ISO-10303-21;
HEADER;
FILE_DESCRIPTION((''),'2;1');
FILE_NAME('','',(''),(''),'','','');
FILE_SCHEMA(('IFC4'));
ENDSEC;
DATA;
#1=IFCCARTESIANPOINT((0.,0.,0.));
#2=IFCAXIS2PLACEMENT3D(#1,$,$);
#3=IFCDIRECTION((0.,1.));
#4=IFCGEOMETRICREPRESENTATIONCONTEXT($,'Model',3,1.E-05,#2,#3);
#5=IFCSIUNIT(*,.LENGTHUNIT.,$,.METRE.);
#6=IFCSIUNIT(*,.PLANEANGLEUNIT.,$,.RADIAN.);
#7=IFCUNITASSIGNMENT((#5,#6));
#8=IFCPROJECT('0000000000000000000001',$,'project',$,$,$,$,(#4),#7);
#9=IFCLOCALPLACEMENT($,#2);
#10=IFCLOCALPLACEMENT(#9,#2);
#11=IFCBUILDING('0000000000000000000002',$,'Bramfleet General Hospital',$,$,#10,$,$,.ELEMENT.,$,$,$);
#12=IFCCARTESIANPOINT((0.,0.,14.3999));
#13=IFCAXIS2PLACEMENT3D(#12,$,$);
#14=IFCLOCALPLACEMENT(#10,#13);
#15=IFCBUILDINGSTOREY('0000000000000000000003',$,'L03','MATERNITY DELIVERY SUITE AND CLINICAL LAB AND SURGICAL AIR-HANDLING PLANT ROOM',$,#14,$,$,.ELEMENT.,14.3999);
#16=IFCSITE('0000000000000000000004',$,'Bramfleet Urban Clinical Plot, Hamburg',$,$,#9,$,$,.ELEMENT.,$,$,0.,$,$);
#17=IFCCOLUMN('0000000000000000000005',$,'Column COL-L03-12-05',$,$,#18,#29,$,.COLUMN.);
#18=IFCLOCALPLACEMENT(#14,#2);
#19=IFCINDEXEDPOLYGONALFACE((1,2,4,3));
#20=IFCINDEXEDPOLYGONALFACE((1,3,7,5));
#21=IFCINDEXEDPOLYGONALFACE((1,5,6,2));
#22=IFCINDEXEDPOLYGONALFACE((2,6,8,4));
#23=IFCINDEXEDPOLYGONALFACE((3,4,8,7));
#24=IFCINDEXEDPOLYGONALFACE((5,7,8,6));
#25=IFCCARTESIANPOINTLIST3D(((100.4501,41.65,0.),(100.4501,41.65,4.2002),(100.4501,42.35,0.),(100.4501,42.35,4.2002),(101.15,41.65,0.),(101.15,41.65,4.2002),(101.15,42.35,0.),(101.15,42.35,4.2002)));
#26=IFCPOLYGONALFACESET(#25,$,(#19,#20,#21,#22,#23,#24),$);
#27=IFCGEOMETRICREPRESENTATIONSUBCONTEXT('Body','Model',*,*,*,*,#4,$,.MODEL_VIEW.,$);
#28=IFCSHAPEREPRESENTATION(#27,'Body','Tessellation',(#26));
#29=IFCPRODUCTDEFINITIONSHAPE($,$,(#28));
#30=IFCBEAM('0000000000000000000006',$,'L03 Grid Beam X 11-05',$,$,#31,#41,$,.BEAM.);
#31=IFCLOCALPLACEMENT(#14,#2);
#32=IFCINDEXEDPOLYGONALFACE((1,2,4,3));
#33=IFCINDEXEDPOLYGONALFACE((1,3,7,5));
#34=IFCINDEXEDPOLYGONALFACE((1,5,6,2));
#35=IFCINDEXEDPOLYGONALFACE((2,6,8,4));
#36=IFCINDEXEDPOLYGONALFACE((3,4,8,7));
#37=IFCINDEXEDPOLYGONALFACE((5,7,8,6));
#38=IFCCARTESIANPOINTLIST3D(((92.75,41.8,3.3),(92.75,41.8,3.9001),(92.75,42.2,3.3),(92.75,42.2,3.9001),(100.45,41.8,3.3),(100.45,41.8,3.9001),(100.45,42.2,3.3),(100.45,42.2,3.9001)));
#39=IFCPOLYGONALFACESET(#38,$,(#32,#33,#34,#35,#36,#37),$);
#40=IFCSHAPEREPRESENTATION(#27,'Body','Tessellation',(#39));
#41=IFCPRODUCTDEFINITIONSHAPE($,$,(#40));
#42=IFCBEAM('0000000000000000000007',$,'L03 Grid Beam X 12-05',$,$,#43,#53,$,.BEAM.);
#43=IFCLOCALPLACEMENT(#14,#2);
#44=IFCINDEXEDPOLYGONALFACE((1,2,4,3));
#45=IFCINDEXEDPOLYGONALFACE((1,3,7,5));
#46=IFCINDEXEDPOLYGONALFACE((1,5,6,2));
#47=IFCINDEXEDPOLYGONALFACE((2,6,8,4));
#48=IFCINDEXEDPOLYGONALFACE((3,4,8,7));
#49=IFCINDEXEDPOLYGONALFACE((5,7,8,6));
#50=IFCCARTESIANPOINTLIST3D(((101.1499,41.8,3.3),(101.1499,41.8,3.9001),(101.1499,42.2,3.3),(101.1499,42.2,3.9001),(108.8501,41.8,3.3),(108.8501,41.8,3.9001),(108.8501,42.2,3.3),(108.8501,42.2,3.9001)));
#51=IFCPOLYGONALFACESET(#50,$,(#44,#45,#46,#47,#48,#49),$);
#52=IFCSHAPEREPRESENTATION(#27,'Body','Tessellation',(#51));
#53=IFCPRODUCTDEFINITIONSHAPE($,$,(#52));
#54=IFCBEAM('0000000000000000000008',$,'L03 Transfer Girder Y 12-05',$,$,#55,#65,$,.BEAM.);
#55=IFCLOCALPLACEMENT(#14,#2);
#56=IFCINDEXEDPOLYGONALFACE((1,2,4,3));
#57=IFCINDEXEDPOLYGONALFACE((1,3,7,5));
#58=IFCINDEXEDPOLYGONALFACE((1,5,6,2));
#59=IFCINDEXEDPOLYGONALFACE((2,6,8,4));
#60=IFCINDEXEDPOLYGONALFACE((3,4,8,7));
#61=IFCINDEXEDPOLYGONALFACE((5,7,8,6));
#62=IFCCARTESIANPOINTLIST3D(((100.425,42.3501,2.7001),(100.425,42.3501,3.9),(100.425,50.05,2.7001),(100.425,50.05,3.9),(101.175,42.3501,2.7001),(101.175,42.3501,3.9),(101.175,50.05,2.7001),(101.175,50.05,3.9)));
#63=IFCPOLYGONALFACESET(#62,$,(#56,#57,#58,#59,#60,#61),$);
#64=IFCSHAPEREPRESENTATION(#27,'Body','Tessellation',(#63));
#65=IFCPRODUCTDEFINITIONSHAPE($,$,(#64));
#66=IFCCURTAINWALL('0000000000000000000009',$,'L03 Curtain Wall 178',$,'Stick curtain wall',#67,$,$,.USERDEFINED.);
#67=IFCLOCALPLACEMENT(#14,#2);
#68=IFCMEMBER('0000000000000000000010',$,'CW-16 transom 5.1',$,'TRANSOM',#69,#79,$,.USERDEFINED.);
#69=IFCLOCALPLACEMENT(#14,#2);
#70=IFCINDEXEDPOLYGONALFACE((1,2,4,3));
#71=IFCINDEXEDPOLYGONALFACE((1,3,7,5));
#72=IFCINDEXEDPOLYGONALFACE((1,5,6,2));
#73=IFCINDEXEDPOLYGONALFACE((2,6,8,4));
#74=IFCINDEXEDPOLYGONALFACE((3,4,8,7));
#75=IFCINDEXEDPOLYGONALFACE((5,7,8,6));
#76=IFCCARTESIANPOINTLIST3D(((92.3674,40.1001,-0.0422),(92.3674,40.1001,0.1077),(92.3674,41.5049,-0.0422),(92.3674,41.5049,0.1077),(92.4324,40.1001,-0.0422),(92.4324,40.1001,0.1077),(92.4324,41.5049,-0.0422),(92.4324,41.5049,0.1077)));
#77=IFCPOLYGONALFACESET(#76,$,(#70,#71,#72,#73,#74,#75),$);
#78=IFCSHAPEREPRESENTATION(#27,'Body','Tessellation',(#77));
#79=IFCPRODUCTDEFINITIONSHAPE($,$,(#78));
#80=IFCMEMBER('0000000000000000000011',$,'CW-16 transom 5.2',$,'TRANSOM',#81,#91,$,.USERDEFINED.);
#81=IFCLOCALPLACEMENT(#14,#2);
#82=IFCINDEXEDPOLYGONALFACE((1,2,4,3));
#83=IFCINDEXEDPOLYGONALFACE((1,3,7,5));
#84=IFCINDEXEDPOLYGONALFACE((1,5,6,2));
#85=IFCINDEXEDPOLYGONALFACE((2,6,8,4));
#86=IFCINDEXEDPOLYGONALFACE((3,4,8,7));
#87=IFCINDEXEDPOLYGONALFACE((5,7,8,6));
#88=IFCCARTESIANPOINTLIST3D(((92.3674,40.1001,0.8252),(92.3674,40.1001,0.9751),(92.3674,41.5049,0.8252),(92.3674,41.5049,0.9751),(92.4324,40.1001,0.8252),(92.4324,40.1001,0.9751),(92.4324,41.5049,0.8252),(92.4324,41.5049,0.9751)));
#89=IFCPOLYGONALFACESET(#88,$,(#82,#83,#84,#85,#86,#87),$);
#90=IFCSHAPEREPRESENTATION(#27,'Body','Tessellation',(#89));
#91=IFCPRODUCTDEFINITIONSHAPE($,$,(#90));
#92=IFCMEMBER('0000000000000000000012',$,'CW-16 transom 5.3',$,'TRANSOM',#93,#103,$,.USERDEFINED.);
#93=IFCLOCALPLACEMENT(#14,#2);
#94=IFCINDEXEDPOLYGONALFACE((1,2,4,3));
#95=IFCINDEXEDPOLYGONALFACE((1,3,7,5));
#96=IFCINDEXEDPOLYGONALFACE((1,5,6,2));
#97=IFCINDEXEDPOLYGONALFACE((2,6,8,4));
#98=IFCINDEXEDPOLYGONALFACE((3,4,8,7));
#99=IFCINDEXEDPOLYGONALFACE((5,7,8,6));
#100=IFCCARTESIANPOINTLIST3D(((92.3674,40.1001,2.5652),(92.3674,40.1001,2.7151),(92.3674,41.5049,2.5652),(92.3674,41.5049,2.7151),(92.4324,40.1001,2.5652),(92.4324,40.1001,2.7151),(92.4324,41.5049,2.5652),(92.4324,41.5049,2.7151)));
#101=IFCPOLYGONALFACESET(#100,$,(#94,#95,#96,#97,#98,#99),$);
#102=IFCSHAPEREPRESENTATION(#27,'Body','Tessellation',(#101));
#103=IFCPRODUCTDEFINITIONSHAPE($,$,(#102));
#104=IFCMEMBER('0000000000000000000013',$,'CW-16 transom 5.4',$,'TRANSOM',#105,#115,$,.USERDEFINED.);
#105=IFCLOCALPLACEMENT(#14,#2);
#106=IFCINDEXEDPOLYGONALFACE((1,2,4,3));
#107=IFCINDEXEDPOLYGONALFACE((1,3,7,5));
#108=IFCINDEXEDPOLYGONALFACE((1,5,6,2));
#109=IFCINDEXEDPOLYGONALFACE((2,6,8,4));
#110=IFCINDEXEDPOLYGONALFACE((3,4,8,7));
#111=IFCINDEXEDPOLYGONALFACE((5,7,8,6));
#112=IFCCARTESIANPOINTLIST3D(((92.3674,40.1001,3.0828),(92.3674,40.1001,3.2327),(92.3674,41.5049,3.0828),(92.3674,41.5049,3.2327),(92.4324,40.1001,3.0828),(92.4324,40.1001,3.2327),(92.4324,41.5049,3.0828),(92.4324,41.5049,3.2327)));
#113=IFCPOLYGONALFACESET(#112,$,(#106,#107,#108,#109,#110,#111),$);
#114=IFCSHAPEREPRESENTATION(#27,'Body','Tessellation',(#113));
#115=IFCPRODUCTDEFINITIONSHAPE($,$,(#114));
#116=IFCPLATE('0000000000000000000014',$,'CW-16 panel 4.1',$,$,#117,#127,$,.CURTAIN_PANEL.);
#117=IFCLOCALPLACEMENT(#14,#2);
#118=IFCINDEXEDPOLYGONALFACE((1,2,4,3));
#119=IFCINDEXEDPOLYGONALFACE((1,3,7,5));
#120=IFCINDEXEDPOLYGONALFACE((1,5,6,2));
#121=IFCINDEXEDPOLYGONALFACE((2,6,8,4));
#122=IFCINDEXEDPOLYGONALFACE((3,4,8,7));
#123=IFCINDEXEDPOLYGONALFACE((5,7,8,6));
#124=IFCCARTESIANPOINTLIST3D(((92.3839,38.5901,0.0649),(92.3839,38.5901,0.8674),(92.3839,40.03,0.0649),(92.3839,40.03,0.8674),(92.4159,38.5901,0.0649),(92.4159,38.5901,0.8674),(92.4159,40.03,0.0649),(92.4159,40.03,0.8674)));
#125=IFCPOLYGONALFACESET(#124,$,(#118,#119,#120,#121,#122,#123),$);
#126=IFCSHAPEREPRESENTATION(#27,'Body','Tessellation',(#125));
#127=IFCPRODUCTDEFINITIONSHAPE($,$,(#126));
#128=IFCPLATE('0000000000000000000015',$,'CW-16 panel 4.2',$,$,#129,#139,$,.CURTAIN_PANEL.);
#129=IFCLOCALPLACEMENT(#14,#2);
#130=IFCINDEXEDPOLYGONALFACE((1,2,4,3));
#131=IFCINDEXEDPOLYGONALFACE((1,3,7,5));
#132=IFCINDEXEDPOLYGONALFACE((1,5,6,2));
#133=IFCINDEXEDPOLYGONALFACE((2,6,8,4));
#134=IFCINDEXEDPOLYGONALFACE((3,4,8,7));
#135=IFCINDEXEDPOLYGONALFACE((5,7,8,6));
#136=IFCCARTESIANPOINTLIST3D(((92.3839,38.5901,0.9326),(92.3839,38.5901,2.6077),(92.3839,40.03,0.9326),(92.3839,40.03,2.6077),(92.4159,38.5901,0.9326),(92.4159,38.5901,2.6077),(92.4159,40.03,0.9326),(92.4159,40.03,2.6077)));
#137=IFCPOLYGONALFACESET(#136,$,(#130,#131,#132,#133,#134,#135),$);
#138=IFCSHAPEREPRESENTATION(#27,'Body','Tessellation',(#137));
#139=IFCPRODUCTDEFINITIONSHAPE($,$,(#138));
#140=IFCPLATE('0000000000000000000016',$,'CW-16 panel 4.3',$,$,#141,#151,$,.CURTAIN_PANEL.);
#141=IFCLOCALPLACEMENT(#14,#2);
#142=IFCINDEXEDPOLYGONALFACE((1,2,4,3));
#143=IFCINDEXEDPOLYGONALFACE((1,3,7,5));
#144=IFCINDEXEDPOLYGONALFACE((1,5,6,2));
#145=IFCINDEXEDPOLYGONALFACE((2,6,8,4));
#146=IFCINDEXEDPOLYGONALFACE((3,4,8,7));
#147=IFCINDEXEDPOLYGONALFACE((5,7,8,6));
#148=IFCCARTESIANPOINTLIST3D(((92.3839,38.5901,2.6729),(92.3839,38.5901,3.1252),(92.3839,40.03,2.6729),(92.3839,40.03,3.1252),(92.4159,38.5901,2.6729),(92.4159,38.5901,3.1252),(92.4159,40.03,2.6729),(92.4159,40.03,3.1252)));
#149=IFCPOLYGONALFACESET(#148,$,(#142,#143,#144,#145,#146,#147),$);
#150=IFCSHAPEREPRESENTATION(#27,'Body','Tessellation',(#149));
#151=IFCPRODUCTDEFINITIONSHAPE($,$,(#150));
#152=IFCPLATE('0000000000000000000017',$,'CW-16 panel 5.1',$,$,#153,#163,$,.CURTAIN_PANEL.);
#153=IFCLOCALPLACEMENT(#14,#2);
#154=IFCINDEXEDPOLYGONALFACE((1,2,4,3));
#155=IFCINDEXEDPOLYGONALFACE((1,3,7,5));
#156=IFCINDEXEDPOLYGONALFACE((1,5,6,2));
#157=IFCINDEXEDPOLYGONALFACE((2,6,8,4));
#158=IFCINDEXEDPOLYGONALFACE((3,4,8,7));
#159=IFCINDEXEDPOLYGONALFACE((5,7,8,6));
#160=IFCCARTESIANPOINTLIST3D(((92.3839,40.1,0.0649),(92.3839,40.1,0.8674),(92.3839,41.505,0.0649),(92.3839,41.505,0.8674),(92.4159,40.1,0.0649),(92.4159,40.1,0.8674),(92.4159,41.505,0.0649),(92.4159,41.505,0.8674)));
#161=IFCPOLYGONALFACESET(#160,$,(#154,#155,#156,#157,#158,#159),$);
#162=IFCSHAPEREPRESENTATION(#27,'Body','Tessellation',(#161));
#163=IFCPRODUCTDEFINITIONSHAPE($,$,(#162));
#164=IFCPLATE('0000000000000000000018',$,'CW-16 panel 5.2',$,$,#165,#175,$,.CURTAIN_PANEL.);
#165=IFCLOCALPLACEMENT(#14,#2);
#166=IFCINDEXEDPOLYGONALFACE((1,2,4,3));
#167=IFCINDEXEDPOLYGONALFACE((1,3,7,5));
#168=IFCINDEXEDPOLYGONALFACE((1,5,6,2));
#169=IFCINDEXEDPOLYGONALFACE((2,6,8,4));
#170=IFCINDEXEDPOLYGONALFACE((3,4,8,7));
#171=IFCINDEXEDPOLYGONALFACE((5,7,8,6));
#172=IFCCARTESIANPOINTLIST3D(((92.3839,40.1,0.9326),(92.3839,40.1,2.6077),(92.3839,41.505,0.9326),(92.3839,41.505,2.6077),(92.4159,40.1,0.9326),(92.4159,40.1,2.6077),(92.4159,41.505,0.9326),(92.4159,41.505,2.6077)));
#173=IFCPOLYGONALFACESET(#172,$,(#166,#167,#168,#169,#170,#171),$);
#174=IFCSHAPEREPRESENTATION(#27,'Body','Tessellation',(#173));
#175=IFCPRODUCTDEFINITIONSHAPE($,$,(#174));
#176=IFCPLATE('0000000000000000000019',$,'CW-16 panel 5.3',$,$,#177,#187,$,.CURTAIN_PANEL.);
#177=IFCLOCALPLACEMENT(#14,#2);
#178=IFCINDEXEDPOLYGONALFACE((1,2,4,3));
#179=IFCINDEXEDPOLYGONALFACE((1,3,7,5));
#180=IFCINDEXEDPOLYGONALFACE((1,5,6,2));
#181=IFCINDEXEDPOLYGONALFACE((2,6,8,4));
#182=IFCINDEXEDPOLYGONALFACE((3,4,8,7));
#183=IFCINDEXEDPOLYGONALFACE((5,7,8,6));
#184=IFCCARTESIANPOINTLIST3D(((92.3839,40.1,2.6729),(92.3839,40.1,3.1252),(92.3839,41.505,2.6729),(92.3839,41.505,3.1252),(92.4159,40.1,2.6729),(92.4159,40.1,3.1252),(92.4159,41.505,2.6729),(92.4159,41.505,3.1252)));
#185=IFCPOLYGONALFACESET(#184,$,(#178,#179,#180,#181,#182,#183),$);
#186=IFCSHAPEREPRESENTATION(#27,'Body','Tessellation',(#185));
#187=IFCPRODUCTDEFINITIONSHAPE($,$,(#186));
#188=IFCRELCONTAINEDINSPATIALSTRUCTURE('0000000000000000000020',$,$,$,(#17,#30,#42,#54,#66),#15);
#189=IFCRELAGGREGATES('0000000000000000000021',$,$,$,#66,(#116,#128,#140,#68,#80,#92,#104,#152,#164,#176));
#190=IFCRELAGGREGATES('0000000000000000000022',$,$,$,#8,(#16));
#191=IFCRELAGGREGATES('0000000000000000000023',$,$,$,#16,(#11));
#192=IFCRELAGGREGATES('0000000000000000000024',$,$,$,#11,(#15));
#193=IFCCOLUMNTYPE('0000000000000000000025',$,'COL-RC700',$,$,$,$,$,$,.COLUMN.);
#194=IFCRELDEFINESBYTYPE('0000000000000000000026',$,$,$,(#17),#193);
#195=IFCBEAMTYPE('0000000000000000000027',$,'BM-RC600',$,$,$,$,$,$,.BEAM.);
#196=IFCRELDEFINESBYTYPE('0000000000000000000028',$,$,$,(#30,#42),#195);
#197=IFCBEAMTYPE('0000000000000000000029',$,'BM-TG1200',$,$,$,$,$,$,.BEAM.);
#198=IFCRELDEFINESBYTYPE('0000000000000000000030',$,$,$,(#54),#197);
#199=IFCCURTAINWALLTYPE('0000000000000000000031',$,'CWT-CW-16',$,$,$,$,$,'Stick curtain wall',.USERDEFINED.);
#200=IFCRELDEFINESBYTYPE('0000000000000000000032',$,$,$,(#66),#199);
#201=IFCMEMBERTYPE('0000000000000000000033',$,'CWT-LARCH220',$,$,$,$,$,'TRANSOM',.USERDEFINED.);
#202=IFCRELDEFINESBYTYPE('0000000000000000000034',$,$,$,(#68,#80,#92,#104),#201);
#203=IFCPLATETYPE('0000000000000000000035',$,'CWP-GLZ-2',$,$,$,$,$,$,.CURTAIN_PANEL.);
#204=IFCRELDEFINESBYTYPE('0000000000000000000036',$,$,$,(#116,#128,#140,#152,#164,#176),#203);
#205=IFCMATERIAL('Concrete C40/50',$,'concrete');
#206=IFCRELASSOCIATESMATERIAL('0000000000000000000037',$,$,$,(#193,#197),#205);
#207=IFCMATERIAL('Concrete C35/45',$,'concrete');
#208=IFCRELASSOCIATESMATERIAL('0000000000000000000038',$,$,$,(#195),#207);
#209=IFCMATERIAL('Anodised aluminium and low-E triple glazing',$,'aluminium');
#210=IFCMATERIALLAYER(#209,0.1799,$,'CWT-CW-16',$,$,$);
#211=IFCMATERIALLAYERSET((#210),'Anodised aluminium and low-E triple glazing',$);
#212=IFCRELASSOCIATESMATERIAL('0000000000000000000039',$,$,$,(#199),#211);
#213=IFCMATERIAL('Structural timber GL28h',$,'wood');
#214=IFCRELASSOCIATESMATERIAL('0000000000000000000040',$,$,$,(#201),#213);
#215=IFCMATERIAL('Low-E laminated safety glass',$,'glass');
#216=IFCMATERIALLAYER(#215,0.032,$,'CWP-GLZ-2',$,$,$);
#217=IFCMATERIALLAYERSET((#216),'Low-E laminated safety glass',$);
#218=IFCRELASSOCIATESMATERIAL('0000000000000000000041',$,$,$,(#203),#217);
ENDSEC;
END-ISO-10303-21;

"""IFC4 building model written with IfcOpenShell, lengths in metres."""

from ifc_helpers import new_model, si_unit, direction, frame, origin, origin_2d, place, context, subcontext, project, spatial, rectangle, extrude, material, layer, layer_set, material_profile, profile_set, type_object, element, aggregate, save


model = new_model("IFC4")

# Units and contexts
model_context = context("Model", 3, precision=1e-05, world=origin(), true_north=direction((0.0, 1.0)))
body_context = subcontext(model_context, "Body", "Model", "MODEL_VIEW")
ifc_project = project(units=[si_unit("LENGTHUNIT", "METRE"), si_unit("PLANEANGLEUNIT", "RADIAN")], contexts=[model_context])

# Site, building, storey
site_placement = place(None, origin())
site = spatial("IfcSite", under=ifc_project, at=site_placement, Name="Bramfleet Urban Clinical Plot, Hamburg", CompositionType="ELEMENT", RefElevation=0.0)
building_placement = place(site_placement, origin())
building = spatial("IfcBuilding", under=site, at=building_placement, Name="Bramfleet General Hospital", CompositionType="ELEMENT")
storey_placement = place(building_placement, frame((0.0, 0.0, 14.3999)))
storey = spatial("IfcBuildingStorey", under=building, at=storey_placement, Name="L03", Description="MATERNITY DELIVERY SUITE AND CLINICAL LAB AND SURGICAL AIR-HANDLING PLANT ROOM", CompositionType="ELEMENT", Elevation=14.3999)

# Column
ifc_material_1 = material(Name="Concrete C40/50", Category="concrete")
ifc_material_profile_1 = material_profile(ifc_material_1, rectangle(XDim=0.7, YDim=0.7, at=origin_2d()), Name="RC COL 700x700")
ifc_profile_set_1 = profile_set([ifc_material_profile_1], Name="Concrete C40/50")
column_type = type_object("IfcColumnType", Name="COL-RC700", PredefinedType="COLUMN", material=ifc_profile_set_1)
column_placement = place(storey_placement, frame((100.8, 42.0, 0.0), z_axis=(0.0, 0.0, 1.0), x_axis=(1.0, 0.0, 0.0)))
element("IfcColumn", 1, at=column_placement, inside=storey, type_object=column_type, Name="Column COL-L03-12-05", PredefinedType="COLUMN", context=body_context, shape_type="SweptSolid", body=[
    extrude(rectangle(XDim=0.7, YDim=0.7, at=origin_2d()), origin(), (0.0, 0.0, 1.0), 4.2002),
])

# Beams
ifc_material_2 = material(Name="Concrete C35/45", Category="concrete")
ifc_material_profile_2 = material_profile(ifc_material_2, rectangle(XDim=0.3999, YDim=0.6001, at=origin_2d()), Name="RC BM 600x400")
ifc_profile_set_2 = profile_set([ifc_material_profile_2], Name="Concrete C35/45")
beam_type_1 = type_object("IfcBeamType", Name="BM-RC600", PredefinedType="BEAM", material=ifc_profile_set_2)
beam_1_placement = place(storey_placement, frame((92.75, 42.0, 3.6001), z_axis=(1.0, 0.0, 0.0), x_axis=(0.0, 1.0, 0.0)))
element("IfcBeam", 2, at=beam_1_placement, inside=storey, type_object=beam_type_1, Name="L03 Grid Beam X 11-05", PredefinedType="BEAM", context=body_context, shape_type="SweptSolid", body=[
    extrude(rectangle(XDim=0.3999, YDim=0.6001, at=origin_2d()), origin(), (0.0, 0.0, 1.0), 7.7),
])
beam_2_placement = place(storey_placement, frame((101.1499, 42.0, 3.6001), z_axis=(1.0, 0.0, 0.0), x_axis=(0.0, 1.0, 0.0)))
element("IfcBeam", 3, at=beam_2_placement, inside=storey, type_object=beam_type_1, Name="L03 Grid Beam X 12-05", PredefinedType="BEAM", context=body_context, shape_type="SweptSolid", body=[
    extrude(rectangle(XDim=0.3999, YDim=0.6001, at=origin_2d()), origin(), (0.0, 0.0, 1.0), 7.7002),
])
ifc_material_profile_3 = material_profile(ifc_material_1, rectangle(XDim=0.75, YDim=1.2, at=origin_2d()), Name="RC TG 1200x750")
ifc_profile_set_3 = profile_set([ifc_material_profile_3], Name="Concrete C40/50")
beam_type_2 = type_object("IfcBeamType", Name="BM-TG1200", PredefinedType="BEAM", material=ifc_profile_set_3)
beam_3_placement = place(storey_placement, frame((100.8, 42.3501, 3.3), z_axis=(0.0, 1.0, 0.0), x_axis=(-1.0, 0.0, 0.0)))
element("IfcBeam", 4, at=beam_3_placement, inside=storey, type_object=beam_type_2, Name="L03 Transfer Girder Y 12-05", PredefinedType="BEAM", context=body_context, shape_type="SweptSolid", body=[
    extrude(rectangle(XDim=0.75, YDim=1.2, at=origin_2d()), origin(), (0.0, 0.0, 1.0), 7.7),
])

# Curtain wall, members, plates
ifc_material_3 = material(Name="Anodised aluminium and low-E triple glazing", Category="aluminium")
ifc_layer_1 = layer(ifc_material_3, 0.1799, Name="CWT-CW-16")
ifc_layer_set_1 = layer_set([ifc_layer_1], Name="Anodised aluminium and low-E triple glazing")
curtain_wall_type = type_object("IfcCurtainWallType", Name="CWT-CW-16", ElementType="Stick curtain wall", PredefinedType="USERDEFINED", material=ifc_layer_set_1)
curtain_wall_placement = place(storey_placement, origin())
curtain_wall = element("IfcCurtainWall", 5, at=curtain_wall_placement, inside=storey, type_object=curtain_wall_type, Name="L03 Curtain Wall 178", ObjectType="Stick curtain wall", PredefinedType="USERDEFINED")
ifc_material_4 = material(Name="Structural timber GL28h", Category="wood")
ifc_material_profile_4 = material_profile(ifc_material_4, rectangle(XDim=0.0649, YDim=0.1499, at=origin_2d()), Name="LARCH 150x65")
ifc_profile_set_4 = profile_set([ifc_material_profile_4], Name="Structural timber GL28h")
member_type = type_object("IfcMemberType", Name="CWT-LARCH220", ElementType="TRANSOM", PredefinedType="USERDEFINED", material=ifc_profile_set_4)
member_1_placement = place(storey_placement, frame((92.3999, 40.1001, 0.0327), z_axis=(0.0, 1.0, 0.0), x_axis=(-1.0, 0.0, 0.0)))
member_1 = element("IfcMember", 6, at=member_1_placement, type_object=member_type, Name="CW-16 transom 5.1", ObjectType="TRANSOM", PredefinedType="USERDEFINED", context=body_context, shape_type="SweptSolid", body=[
    extrude(rectangle(XDim=0.0649, YDim=0.1499, at=origin_2d()), origin(), (0.0, 0.0, 1.0), 1.4048),
])
member_2_placement = place(storey_placement, frame((92.3999, 40.1001, 0.9001), z_axis=(0.0, 1.0, 0.0), x_axis=(-1.0, 0.0, 0.0)))
member_2 = element("IfcMember", 7, at=member_2_placement, type_object=member_type, Name="CW-16 transom 5.2", ObjectType="TRANSOM", PredefinedType="USERDEFINED", context=body_context, shape_type="SweptSolid", body=[
    extrude(rectangle(XDim=0.0649, YDim=0.1499, at=origin_2d()), origin(), (0.0, 0.0, 1.0), 1.4048),
])
member_3_placement = place(storey_placement, frame((92.3999, 40.1001, 2.6401), z_axis=(0.0, 1.0, 0.0), x_axis=(-1.0, 0.0, 0.0)))
member_3 = element("IfcMember", 8, at=member_3_placement, type_object=member_type, Name="CW-16 transom 5.3", ObjectType="TRANSOM", PredefinedType="USERDEFINED", context=body_context, shape_type="SweptSolid", body=[
    extrude(rectangle(XDim=0.0649, YDim=0.1499, at=origin_2d()), origin(), (0.0, 0.0, 1.0), 1.4048),
])
member_4_placement = place(storey_placement, frame((92.3999, 40.1001, 3.1577), z_axis=(0.0, 1.0, 0.0), x_axis=(-1.0, 0.0, 0.0)))
member_4 = element("IfcMember", 9, at=member_4_placement, type_object=member_type, Name="CW-16 transom 5.4", ObjectType="TRANSOM", PredefinedType="USERDEFINED", context=body_context, shape_type="SweptSolid", body=[
    extrude(rectangle(XDim=0.0649, YDim=0.1499, at=origin_2d()), origin(), (0.0, 0.0, 1.0), 1.4048),
])
ifc_material_5 = material(Name="Low-E laminated safety glass", Category="glass")
ifc_layer_2 = layer(ifc_material_5, 0.032, Name="CWP-GLZ-2")
ifc_layer_set_2 = layer_set([ifc_layer_2], Name="Low-E laminated safety glass")
plate_type = type_object("IfcPlateType", Name="CWP-GLZ-2", PredefinedType="CURTAIN_PANEL", material=ifc_layer_set_2)
plate_1_placement = place(storey_placement, frame((92.3999, 39.3101, 0.0649), z_axis=(0.0, 0.0, 1.0), x_axis=(0.0, 1.0, 0.0)))
plate_1 = element("IfcPlate", 10, at=plate_1_placement, type_object=plate_type, Name="CW-16 panel 4.1", PredefinedType="CURTAIN_PANEL", context=body_context, shape_type="SweptSolid", body=[
    extrude(rectangle(XDim=1.4399, YDim=0.032, at=origin_2d()), origin(), (0.0, 0.0, 1.0), 0.8025),
])
plate_2_placement = place(storey_placement, frame((92.3999, 39.3101, 0.9326), z_axis=(0.0, 0.0, 1.0), x_axis=(0.0, 1.0, 0.0)))
plate_2 = element("IfcPlate", 11, at=plate_2_placement, type_object=plate_type, Name="CW-16 panel 4.2", PredefinedType="CURTAIN_PANEL", context=body_context, shape_type="SweptSolid", body=[
    extrude(rectangle(XDim=1.4399, YDim=0.032, at=origin_2d()), origin(), (0.0, 0.0, 1.0), 1.675),
])
plate_3_placement = place(storey_placement, frame((92.3999, 39.3101, 2.6729), z_axis=(0.0, 0.0, 1.0), x_axis=(0.0, 1.0, 0.0)))
plate_3 = element("IfcPlate", 12, at=plate_3_placement, type_object=plate_type, Name="CW-16 panel 4.3", PredefinedType="CURTAIN_PANEL", context=body_context, shape_type="SweptSolid", body=[
    extrude(rectangle(XDim=1.4399, YDim=0.032, at=origin_2d()), origin(), (0.0, 0.0, 1.0), 0.4524),
])
plate_4_placement = place(storey_placement, frame((92.3999, 40.8025, 0.0649), z_axis=(0.0, 0.0, 1.0), x_axis=(0.0, 1.0, 0.0)))
plate_4 = element("IfcPlate", 13, at=plate_4_placement, type_object=plate_type, Name="CW-16 panel 5.1", PredefinedType="CURTAIN_PANEL", context=body_context, shape_type="SweptSolid", body=[
    extrude(rectangle(XDim=1.405, YDim=0.032, at=origin_2d()), origin(), (0.0, 0.0, 1.0), 0.8025),
])
plate_5_placement = place(storey_placement, frame((92.3999, 40.8025, 0.9326), z_axis=(0.0, 0.0, 1.0), x_axis=(0.0, 1.0, 0.0)))
plate_5 = element("IfcPlate", 14, at=plate_5_placement, type_object=plate_type, Name="CW-16 panel 5.2", PredefinedType="CURTAIN_PANEL", context=body_context, shape_type="SweptSolid", body=[
    extrude(rectangle(XDim=1.405, YDim=0.032, at=origin_2d()), origin(), (0.0, 0.0, 1.0), 1.675),
])
plate_6_placement = place(storey_placement, frame((92.3999, 40.8025, 2.6729), z_axis=(0.0, 0.0, 1.0), x_axis=(0.0, 1.0, 0.0)))
plate_6 = element("IfcPlate", 15, at=plate_6_placement, type_object=plate_type, Name="CW-16 panel 5.3", PredefinedType="CURTAIN_PANEL", context=body_context, shape_type="SweptSolid", body=[
    extrude(rectangle(XDim=1.405, YDim=0.032, at=origin_2d()), origin(), (0.0, 0.0, 1.0), 0.4524),
])
aggregate(curtain_wall, [plate_1, plate_2, plate_3, member_1, member_2, member_3, member_4, plate_4, plate_5, plate_6])

save(model, "model.ifc")
